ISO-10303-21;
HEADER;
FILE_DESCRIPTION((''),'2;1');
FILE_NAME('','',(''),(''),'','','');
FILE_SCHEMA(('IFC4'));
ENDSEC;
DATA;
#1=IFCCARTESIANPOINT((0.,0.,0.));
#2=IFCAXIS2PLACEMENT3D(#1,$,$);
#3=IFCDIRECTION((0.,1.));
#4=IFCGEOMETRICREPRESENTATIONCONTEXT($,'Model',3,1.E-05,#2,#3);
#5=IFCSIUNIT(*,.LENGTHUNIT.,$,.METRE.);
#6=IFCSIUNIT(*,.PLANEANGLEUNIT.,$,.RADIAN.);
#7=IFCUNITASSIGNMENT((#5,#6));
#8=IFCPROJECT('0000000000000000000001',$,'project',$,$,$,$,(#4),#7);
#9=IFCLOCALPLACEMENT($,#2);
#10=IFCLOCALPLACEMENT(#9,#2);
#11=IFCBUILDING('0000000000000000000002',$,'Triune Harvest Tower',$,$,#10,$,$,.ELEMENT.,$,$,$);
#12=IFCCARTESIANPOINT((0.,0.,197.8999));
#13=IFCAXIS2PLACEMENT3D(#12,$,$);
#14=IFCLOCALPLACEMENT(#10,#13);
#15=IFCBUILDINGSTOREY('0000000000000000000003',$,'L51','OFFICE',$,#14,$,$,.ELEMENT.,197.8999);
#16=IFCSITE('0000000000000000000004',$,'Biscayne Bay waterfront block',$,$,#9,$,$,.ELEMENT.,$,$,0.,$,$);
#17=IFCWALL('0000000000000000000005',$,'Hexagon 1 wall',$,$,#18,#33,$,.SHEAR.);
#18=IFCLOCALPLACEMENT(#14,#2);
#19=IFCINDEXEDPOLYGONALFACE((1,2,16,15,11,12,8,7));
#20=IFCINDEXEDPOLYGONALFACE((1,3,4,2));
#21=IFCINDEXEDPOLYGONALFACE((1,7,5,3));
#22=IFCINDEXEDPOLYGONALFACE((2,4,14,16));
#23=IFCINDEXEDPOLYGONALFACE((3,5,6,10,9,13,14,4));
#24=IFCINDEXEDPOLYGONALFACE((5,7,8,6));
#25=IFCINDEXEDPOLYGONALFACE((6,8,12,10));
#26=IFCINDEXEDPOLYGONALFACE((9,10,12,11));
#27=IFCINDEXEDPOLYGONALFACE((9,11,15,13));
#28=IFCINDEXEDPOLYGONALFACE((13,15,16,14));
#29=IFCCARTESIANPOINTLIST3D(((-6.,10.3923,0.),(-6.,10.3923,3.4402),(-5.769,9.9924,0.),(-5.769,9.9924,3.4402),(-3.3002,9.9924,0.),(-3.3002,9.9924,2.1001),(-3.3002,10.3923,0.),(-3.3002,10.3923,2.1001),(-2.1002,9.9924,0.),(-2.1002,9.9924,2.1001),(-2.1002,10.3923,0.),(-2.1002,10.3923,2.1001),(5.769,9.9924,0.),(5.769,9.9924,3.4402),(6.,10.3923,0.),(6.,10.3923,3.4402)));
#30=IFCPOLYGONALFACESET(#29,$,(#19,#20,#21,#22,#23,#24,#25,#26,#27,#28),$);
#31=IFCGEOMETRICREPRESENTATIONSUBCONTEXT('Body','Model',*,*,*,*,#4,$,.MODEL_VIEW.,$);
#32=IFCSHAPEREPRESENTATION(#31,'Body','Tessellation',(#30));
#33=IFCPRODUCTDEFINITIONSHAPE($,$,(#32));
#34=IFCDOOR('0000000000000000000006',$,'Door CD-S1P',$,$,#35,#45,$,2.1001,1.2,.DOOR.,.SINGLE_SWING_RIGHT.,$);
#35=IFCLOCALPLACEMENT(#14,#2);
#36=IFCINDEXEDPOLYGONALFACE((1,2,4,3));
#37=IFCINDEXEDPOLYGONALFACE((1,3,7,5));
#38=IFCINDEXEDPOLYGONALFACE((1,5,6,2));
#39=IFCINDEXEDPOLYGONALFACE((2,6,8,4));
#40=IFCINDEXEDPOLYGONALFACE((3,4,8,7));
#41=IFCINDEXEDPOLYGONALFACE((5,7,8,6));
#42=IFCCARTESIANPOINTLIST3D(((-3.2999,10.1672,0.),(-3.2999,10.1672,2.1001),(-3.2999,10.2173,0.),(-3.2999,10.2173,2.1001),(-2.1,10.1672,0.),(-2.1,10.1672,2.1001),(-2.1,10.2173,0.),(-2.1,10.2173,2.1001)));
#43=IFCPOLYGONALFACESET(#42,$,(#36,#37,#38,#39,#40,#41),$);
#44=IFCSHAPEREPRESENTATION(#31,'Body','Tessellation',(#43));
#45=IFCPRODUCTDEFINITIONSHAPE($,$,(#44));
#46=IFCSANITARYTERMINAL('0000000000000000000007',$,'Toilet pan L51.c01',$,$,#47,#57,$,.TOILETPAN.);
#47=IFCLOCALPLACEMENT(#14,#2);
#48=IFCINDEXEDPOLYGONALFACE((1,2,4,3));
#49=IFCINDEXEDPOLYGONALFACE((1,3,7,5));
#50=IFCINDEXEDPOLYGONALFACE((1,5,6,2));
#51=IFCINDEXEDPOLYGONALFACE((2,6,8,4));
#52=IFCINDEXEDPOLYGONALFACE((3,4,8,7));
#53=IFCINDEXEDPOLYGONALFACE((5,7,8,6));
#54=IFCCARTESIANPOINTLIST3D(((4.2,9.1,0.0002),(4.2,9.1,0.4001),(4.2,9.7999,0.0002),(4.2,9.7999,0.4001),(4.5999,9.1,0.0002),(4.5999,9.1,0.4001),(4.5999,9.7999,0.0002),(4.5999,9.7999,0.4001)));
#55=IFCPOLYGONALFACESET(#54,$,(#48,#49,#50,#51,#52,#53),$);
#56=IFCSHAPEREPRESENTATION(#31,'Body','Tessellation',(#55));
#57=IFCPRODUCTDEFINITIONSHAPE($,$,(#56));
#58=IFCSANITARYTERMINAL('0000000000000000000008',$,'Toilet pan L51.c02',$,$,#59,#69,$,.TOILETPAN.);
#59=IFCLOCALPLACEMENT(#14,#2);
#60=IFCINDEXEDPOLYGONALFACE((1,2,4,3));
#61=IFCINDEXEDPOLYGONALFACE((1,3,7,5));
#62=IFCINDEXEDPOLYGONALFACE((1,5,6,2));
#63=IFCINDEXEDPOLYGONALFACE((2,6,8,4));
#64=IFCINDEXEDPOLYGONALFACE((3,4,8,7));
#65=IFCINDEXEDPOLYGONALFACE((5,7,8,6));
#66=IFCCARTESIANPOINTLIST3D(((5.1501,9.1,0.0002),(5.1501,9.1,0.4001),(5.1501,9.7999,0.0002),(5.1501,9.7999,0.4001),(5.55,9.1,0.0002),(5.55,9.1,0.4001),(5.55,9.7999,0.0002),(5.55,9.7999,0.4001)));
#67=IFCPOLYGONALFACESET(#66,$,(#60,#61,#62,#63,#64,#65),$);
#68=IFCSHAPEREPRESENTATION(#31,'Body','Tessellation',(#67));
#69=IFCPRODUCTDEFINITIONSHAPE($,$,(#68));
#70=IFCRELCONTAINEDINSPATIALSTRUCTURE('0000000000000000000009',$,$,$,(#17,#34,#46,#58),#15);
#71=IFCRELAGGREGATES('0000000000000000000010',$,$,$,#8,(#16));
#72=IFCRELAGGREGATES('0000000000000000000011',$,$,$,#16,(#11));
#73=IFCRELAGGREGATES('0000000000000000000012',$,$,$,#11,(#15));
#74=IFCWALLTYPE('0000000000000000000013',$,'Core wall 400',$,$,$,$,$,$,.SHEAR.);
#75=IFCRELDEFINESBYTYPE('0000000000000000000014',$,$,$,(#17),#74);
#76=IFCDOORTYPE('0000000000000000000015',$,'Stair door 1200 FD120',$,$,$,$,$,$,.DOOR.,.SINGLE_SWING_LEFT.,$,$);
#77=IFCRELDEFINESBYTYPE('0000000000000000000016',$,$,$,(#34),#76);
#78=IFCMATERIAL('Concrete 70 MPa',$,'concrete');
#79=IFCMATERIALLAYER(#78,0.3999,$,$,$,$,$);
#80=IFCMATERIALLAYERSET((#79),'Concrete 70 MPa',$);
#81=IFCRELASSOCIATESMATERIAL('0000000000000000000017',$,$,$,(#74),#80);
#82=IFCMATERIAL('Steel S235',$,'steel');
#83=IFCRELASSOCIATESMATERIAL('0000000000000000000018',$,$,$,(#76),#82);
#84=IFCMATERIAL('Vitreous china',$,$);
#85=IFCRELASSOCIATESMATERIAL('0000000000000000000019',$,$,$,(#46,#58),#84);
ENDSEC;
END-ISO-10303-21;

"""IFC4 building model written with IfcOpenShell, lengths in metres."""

from ifc_helpers import new_model, si_unit, direction, frame, frame_2d, origin, origin_2d, place, context, subcontext, project, spatial, polyline, rectangle, outline, extrude, source, transform, mapped, material, layer, layer_set, type_object, element, fill, save


model = new_model("IFC4")

# Units and contexts
model_context = context("Model", 3, precision=1e-05, world=origin(), true_north=direction((0.0, 1.0)))
body_context = subcontext(model_context, "Body", "Model", "MODEL_VIEW")
ifc_project = project(units=[si_unit("LENGTHUNIT", "METRE"), si_unit("PLANEANGLEUNIT", "RADIAN")], contexts=[model_context])

# Site, building, storey
site_placement = place(None, origin())
site = spatial("IfcSite", under=ifc_project, at=site_placement, Name="Biscayne Bay waterfront block", CompositionType="ELEMENT", RefElevation=0.0)
building_placement = place(site_placement, origin())
building = spatial("IfcBuilding", under=site, at=building_placement, Name="Triune Harvest Tower", CompositionType="ELEMENT")
storey_placement = place(building_placement, frame((0.0, 0.0, 197.8999)))
storey = spatial("IfcBuildingStorey", under=building, at=storey_placement, Name="L51", Description="OFFICE", CompositionType="ELEMENT", Elevation=197.8999)

# Wall, opening, door
ifc_material_1 = material(Name="Concrete 70 MPa", Category="concrete")
ifc_layer_1 = layer(ifc_material_1, 0.3999)
ifc_layer_set_1 = layer_set([ifc_layer_1], Name="Concrete 70 MPa")
wall_type_1 = type_object("IfcWallType", Name="Core wall 400", PredefinedType="SHEAR", material=ifc_layer_set_1)
shared_shape_1 = source(origin(), body_context, "Body", "SweptSolid", [
    extrude(outline(polyline([(-0.1155, -0.2), (11.8845, -0.2), (11.6536, 0.2), (0.1155, 0.2), (-0.1155, -0.2)])), origin(), (0.0, 0.0, 1.0), 3.4402),
])
wall_1_placement = place(storey_placement, frame((5.8845, 10.1924, 0.0), z_axis=(0.0, 0.0, 1.0), x_axis=(-1.0, 0.0, 0.0)))
wall_1 = element("IfcWall", 1, at=wall_1_placement, inside=storey, type_object=wall_type_1, Name="Hexagon 1 wall", PredefinedType="SHEAR", context=body_context, shape_type="MappedRepresentation", body=[
    mapped(shared_shape_1, transform((0.0, 0.0, 0.0), scale=1.0)),
])
opening_1_placement = place(wall_1_placement, frame((7.9846, 0.0, 0.0)))
opening_1 = element("IfcOpeningElement", 2, at=opening_1_placement, cuts=wall_1, PredefinedType="OPENING", context=body_context, shape_type="SweptSolid", body=[
    extrude(rectangle(XDim=1.2, YDim=2.1001, at=frame_2d((0.6001, 1.05))), frame((0.0, 0.21, 0.0), z_axis=(0.0, -1.0, 0.0), x_axis=(1.0, 0.0, 0.0)), (0.0, 0.0, 1.0), 0.4199),
])
ifc_material_2 = material(Name="Steel S235", Category="steel")
door_type_1 = type_object("IfcDoorType", Name="Stair door 1200 FD120", OperationType="SINGLE_SWING_LEFT", PredefinedType="DOOR", material=ifc_material_2)
door_1_placement = place(opening_1_placement, frame((1.2, 0.0, 0.0), z_axis=(0.0, 0.0, 1.0), x_axis=(-1.0, 0.0, 0.0)))
door_1 = element("IfcDoor", 3, at=door_1_placement, inside=storey, type_object=door_type_1, Name="Door CD-S1P", OperationType="SINGLE_SWING_RIGHT", OverallHeight=2.1001, OverallWidth=1.2, PredefinedType="DOOR", context=body_context, shape_type="SweptSolid", body=[
    extrude(rectangle(XDim=1.2, YDim=2.1001, at=frame_2d((0.6001, 1.05))), frame((0.0, 0.0249, 0.0), z_axis=(0.0, -1.0, 0.0), x_axis=(1.0, 0.0, 0.0)), (0.0, 0.0, 1.0), 0.05),
])
fill(opening_1, door_1)

# Sanitary terminals
ifc_material_3 = material(Name="Vitreous china")
shared_shape_2 = source(origin(), body_context, "Body", "SweptSolid", [
    extrude(rectangle(XDim=0.3999, YDim=0.7, at=origin_2d()), origin(), (0.0, 0.0, 1.0), 0.3999),
])
for number, where, z_axis, x_axis, name in (
    (4, (4.3999, 9.45, 0.0002), (0.0, 0.0, 1.0), (1.0, 0.0, 0.0), "Toilet pan L51.c01"),
    (5, (5.3501, 9.45, 0.0002), (0.0, 0.0, 1.0), (1.0, 0.0, 0.0), "Toilet pan L51.c02"),
):
    element("IfcSanitaryTerminal", number, at=place(storey_placement, frame(where, z_axis=z_axis, x_axis=x_axis)), inside=storey, material=ifc_material_3, Name=name, PredefinedType="TOILETPAN", context=body_context, shape_type="MappedRepresentation", body=[
        mapped(shared_shape_2, transform((0.0, 0.0, 0.0), scale=1.0)),
    ])

save(model, "model.ifc")
